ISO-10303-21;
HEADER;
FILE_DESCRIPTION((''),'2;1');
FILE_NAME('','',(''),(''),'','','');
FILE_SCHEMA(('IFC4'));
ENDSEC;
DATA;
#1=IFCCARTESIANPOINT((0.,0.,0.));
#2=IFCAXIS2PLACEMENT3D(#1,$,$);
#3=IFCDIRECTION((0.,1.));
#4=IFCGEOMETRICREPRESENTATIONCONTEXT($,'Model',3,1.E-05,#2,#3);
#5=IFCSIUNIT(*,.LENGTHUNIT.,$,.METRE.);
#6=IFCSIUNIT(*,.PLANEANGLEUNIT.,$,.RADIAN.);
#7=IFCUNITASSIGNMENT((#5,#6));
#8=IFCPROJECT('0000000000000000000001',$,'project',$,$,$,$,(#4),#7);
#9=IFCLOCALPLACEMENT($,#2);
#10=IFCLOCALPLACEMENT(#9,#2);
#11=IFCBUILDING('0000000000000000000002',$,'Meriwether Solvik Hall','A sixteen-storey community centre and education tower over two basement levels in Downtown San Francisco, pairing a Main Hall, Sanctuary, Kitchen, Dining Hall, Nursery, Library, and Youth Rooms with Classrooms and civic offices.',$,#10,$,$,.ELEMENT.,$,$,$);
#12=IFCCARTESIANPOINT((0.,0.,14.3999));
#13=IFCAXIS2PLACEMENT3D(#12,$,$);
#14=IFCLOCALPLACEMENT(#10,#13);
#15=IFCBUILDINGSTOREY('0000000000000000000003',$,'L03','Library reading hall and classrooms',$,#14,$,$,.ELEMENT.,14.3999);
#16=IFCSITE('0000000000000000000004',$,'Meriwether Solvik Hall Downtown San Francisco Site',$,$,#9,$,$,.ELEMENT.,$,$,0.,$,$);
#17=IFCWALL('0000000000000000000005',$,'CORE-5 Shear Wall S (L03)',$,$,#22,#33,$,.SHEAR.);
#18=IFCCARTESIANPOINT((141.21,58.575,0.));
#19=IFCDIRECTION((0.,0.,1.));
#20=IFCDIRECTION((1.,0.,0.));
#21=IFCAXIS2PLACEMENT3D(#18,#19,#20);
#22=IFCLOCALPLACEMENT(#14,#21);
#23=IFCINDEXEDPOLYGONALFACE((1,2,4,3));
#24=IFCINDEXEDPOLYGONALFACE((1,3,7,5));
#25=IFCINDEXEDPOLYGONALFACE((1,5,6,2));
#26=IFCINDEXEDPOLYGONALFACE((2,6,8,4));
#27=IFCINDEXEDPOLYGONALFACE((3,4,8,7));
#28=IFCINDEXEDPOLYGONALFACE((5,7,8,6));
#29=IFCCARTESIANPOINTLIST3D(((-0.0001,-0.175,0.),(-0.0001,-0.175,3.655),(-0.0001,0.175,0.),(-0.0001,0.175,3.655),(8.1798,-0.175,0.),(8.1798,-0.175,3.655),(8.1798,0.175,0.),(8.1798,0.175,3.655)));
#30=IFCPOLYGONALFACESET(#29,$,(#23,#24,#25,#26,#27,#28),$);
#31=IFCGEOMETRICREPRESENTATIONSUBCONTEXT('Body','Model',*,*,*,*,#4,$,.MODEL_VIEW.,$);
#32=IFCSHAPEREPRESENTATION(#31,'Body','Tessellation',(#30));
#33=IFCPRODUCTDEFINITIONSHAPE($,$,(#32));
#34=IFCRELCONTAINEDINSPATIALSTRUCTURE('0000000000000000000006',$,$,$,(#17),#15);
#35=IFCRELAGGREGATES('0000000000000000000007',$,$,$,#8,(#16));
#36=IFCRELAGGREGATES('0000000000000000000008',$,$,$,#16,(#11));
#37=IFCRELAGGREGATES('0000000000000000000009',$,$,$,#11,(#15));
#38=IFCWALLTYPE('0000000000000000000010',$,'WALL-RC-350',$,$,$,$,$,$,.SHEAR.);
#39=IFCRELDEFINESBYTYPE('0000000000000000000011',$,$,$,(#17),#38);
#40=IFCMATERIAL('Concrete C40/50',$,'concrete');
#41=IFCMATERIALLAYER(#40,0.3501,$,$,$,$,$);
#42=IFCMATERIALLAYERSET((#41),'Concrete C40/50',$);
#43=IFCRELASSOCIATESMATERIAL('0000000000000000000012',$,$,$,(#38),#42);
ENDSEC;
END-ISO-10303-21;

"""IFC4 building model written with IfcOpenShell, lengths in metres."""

from ifc_helpers import new_model, si_unit, direction, frame, frame_2d, origin, place, context, subcontext, project, spatial, rectangle, extrude, material, layer, layer_set, type_object, element, save


model = new_model("IFC4")

# Units and contexts
model_context = context("Model", 3, precision=1e-05, world=origin(), true_north=direction((0.0, 1.0)))
body_context = subcontext(model_context, "Body", "Model", "MODEL_VIEW")
ifc_project = project(units=[si_unit("LENGTHUNIT", "METRE"), si_unit("PLANEANGLEUNIT", "RADIAN")], contexts=[model_context])

# Site, building, storey
site_placement = place(None, origin())
site = spatial("IfcSite", under=ifc_project, at=site_placement, Name="Meriwether Solvik Hall Downtown San Francisco Site", CompositionType="ELEMENT", RefElevation=0.0)
building_placement = place(site_placement, origin())
building = spatial("IfcBuilding", under=site, at=building_placement, Name="Meriwether Solvik Hall", Description="A sixteen-storey community centre and education tower over two basement levels in Downtown San Francisco, pairing a Main Hall, Sanctuary, Kitchen, Dining Hall, Nursery, Library, and Youth Rooms with Classrooms and civic offices.", CompositionType="ELEMENT")
storey_placement = place(building_placement, frame((0.0, 0.0, 14.3999)))
storey = spatial("IfcBuildingStorey", under=building, at=storey_placement, Name="L03", Description="Library reading hall and classrooms", CompositionType="ELEMENT", Elevation=14.3999)

# Wall
ifc_material_1 = material(Name="Concrete C40/50", Category="concrete")
ifc_layer_1 = layer(ifc_material_1, 0.3501)
ifc_layer_set_1 = layer_set([ifc_layer_1], Name="Concrete C40/50")
wall_type_1 = type_object("IfcWallType", Name="WALL-RC-350", PredefinedType="SHEAR", material=ifc_layer_set_1)
wall_1_placement = place(storey_placement, frame((141.21, 58.575, 0.0), z_axis=(0.0, 0.0, 1.0), x_axis=(1.0, 0.0, 0.0)))
element("IfcWall", 1, at=wall_1_placement, inside=storey, type_object=wall_type_1, Name="CORE-5 Shear Wall S (L03)", PredefinedType="SHEAR", context=body_context, shape_type="SweptSolid", body=[
    extrude(rectangle(XDim=8.1799, YDim=0.3501, at=frame_2d((4.0898, 0.0))), origin(), (0.0, 0.0, 1.0), 3.655),
])

save(model, "model.ifc")
